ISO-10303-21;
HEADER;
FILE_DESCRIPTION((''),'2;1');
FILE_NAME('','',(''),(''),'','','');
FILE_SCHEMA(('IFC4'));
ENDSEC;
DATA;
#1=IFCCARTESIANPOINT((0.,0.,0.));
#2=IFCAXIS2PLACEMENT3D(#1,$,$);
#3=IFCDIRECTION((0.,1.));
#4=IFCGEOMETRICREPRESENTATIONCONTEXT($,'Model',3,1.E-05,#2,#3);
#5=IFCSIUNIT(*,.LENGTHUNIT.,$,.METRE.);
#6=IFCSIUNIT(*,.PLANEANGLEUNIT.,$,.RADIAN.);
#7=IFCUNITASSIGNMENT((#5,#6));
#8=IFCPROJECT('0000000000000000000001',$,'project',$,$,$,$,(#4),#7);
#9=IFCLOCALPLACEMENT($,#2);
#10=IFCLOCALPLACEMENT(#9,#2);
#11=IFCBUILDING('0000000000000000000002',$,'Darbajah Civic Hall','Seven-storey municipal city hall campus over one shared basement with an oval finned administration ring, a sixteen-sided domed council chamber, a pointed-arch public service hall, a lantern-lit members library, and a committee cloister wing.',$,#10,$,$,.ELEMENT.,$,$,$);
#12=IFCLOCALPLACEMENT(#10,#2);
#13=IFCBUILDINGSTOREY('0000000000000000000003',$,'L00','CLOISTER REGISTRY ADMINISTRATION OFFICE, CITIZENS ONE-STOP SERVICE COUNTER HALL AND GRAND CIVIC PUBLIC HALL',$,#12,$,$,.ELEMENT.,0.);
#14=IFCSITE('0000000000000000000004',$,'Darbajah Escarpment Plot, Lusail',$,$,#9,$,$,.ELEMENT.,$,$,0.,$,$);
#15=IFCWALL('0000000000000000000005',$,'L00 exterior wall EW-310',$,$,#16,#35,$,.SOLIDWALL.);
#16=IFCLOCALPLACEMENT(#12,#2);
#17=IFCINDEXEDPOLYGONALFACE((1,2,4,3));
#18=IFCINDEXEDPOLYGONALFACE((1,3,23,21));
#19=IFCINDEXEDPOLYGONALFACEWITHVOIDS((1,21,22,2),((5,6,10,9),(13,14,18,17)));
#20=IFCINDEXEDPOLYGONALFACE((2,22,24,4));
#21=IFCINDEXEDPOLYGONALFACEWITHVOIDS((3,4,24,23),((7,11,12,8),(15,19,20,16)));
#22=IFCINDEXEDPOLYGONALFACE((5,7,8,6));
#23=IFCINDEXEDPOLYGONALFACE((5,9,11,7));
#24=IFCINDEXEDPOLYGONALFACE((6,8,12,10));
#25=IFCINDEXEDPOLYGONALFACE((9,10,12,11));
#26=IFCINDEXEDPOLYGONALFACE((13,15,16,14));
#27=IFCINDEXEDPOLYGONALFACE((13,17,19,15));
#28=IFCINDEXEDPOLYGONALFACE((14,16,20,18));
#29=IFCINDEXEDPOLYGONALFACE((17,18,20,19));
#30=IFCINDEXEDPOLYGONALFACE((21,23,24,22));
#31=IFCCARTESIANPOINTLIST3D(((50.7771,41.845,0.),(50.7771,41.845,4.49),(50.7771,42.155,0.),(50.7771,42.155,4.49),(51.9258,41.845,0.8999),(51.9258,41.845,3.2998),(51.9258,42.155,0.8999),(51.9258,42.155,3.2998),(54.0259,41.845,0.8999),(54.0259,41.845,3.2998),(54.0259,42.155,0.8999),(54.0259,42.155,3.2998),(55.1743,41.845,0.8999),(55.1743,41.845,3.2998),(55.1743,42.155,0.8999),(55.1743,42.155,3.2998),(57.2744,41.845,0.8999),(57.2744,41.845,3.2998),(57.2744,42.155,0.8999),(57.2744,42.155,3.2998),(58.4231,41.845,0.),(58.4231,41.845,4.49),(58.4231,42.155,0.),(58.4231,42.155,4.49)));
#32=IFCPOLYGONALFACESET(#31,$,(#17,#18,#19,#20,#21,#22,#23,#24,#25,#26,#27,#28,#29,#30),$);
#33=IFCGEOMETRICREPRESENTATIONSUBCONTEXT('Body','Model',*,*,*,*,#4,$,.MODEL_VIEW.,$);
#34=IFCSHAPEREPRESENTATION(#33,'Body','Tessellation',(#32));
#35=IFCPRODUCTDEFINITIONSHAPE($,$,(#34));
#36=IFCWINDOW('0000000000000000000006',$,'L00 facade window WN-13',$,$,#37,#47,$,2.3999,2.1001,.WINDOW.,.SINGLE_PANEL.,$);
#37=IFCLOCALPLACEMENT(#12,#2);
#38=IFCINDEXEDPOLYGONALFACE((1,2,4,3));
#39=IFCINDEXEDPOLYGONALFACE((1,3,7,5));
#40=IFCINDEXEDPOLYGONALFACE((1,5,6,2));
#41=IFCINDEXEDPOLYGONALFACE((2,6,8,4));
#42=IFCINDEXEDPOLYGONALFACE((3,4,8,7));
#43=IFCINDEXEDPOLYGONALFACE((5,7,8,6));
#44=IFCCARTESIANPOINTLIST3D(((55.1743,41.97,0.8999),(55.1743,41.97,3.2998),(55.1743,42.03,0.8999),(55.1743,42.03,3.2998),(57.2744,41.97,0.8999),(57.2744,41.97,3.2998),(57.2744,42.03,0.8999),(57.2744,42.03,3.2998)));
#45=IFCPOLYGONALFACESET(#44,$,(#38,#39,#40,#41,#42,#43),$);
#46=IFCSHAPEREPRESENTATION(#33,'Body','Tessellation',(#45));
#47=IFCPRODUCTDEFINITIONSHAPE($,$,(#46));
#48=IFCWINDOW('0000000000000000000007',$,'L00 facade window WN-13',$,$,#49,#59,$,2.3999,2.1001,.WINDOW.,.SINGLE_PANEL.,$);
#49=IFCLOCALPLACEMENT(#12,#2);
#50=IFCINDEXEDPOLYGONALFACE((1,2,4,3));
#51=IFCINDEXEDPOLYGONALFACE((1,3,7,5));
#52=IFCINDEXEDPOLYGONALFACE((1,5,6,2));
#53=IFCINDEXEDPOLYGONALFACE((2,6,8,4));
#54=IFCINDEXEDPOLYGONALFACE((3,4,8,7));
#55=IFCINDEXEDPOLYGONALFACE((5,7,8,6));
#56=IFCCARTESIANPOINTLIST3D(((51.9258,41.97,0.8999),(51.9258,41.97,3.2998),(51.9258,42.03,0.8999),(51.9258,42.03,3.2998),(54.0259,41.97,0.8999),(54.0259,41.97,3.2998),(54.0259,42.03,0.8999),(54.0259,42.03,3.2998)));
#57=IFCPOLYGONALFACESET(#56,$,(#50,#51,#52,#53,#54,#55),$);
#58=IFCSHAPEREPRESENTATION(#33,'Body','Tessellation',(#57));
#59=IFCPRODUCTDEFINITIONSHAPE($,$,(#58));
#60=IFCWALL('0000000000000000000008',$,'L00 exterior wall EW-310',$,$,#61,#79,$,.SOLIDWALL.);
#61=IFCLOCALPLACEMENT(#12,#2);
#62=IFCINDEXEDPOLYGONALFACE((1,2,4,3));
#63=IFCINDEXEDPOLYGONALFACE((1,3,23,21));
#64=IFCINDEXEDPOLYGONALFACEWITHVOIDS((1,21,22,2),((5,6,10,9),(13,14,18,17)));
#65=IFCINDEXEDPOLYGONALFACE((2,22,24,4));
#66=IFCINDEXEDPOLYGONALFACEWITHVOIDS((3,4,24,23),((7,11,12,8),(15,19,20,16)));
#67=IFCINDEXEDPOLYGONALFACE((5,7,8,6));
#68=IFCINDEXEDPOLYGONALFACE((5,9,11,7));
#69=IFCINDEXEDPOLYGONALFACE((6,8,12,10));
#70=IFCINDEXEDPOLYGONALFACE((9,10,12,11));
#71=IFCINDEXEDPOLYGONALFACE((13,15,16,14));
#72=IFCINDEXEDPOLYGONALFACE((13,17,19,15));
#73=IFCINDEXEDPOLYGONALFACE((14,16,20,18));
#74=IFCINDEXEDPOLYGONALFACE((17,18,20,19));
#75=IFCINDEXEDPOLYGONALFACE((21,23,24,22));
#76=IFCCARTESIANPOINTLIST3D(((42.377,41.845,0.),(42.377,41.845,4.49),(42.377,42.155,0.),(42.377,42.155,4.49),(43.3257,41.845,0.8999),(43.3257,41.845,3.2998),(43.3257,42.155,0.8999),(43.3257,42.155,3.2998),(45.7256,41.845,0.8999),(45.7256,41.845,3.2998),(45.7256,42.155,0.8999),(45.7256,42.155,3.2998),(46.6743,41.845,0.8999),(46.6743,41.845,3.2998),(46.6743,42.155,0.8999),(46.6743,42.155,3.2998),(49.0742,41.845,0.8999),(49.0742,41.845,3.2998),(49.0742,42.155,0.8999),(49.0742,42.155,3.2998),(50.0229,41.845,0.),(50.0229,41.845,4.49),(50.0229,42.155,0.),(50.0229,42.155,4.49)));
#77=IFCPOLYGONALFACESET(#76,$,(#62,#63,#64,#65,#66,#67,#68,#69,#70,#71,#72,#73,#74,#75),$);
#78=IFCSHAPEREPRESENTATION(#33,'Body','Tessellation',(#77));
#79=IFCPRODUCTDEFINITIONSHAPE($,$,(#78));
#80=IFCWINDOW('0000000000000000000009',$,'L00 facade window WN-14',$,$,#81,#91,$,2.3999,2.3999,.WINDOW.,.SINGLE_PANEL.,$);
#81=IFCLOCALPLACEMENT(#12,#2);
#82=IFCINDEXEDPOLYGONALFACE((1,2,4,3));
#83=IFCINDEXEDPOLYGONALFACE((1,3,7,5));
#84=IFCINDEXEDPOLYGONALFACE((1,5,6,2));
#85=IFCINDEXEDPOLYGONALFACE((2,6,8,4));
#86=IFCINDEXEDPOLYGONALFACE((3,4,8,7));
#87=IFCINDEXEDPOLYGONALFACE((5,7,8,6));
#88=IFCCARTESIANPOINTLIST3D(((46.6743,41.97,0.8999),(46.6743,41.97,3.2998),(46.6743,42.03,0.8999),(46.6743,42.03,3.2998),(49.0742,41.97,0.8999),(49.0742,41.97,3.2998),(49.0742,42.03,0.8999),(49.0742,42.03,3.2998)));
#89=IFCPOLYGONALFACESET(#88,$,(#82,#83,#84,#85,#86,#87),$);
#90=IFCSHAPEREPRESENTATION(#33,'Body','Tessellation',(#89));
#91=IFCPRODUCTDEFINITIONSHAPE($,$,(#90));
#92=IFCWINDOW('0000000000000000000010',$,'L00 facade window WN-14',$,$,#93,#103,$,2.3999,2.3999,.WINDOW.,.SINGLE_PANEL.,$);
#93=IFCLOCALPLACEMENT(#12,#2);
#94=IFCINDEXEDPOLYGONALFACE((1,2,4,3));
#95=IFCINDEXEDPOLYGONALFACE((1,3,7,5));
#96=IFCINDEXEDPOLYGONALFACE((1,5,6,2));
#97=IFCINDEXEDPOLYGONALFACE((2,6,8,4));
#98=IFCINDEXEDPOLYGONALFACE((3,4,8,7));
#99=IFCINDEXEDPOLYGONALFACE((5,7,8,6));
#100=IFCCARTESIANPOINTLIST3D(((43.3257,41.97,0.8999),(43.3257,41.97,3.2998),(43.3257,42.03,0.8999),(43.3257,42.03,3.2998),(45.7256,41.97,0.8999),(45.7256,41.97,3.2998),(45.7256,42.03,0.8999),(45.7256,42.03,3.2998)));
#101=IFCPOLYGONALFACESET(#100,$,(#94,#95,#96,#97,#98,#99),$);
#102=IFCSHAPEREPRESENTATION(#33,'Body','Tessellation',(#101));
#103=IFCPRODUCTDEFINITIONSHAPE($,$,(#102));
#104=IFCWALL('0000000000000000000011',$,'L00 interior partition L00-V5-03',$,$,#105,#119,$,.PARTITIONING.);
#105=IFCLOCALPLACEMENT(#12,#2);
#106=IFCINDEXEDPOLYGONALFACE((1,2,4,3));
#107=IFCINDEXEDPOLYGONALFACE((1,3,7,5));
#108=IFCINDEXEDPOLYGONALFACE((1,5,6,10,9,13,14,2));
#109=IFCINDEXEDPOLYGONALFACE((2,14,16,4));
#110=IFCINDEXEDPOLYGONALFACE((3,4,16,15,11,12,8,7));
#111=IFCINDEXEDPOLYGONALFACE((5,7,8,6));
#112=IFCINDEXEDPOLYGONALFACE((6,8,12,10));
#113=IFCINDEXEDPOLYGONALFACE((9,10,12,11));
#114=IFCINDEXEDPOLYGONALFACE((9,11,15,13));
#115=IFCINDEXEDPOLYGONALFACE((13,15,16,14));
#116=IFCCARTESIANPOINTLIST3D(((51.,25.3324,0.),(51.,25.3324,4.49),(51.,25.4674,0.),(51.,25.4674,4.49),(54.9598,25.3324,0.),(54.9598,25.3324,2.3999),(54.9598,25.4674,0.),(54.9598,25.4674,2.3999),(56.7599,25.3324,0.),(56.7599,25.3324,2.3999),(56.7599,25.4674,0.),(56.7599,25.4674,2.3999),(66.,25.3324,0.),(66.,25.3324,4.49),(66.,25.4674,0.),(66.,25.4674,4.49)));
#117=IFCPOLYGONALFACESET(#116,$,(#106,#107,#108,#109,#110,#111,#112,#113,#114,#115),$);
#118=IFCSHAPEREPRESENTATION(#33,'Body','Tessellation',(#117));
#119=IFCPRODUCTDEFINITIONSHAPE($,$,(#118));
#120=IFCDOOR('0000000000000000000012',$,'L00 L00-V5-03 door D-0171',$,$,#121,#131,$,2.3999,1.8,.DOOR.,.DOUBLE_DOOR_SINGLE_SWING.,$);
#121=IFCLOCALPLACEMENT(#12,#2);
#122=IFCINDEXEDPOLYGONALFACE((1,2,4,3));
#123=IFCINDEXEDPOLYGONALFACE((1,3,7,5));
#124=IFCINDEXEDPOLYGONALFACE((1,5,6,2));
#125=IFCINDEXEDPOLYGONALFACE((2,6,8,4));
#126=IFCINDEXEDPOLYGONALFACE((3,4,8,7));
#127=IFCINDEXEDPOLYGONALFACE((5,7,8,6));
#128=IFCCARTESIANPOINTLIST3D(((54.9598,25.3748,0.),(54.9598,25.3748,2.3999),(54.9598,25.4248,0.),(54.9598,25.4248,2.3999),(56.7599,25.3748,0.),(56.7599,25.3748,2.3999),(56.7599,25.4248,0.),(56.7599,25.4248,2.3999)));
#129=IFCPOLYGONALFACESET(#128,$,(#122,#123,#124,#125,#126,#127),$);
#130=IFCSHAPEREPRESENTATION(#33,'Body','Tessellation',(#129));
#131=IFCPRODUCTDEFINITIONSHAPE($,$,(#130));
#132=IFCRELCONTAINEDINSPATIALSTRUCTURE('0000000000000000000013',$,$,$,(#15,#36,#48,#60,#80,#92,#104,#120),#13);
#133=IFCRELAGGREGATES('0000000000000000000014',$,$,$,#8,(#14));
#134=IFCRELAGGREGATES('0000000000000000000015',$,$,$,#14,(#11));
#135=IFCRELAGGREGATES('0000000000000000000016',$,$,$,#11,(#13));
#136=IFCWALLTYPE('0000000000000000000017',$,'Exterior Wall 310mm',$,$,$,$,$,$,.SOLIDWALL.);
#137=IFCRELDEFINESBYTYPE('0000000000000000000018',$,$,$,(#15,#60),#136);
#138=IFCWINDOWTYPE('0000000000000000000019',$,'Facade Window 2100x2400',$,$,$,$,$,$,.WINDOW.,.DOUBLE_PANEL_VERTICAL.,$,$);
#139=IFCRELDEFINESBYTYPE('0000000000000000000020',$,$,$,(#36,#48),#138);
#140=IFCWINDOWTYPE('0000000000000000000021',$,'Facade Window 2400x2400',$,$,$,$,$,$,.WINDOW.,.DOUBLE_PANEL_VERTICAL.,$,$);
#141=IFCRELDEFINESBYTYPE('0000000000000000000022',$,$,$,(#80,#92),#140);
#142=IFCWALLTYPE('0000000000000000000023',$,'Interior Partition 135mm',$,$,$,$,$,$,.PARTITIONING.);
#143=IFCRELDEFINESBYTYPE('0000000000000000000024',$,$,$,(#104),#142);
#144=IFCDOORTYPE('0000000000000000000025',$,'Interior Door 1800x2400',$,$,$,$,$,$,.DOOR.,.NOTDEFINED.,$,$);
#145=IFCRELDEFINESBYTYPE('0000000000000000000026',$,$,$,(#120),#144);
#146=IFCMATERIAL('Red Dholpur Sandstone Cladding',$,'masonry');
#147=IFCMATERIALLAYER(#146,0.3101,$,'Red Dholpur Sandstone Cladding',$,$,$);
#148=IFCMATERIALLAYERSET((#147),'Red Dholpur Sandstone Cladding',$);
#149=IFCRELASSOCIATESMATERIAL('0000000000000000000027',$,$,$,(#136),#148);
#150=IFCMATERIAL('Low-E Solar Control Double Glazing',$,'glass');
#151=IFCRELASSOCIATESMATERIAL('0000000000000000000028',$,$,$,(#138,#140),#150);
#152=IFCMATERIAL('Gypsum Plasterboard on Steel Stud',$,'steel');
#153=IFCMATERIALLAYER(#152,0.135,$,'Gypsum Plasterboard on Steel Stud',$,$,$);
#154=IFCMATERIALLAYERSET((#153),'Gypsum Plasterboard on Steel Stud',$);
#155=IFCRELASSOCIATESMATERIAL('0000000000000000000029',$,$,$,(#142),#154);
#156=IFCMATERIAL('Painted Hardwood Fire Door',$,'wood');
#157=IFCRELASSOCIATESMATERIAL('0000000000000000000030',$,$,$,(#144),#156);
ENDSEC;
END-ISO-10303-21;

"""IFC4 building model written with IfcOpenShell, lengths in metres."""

from ifc_helpers import new_model, si_unit, direction, frame, frame_2d, origin, place, context, subcontext, project, spatial, rectangle, extrude, material, layer, layer_set, type_object, element, fill, save


model = new_model("IFC4")

# Units and contexts
model_context = context("Model", 3, precision=1e-05, world=origin(), true_north=direction((0.0, 1.0)))
body_context = subcontext(model_context, "Body", "Model", "MODEL_VIEW")
ifc_project = project(units=[si_unit("LENGTHUNIT", "METRE"), si_unit("PLANEANGLEUNIT", "RADIAN")], contexts=[model_context])

# Site, building, storey
site_placement = place(None, origin())
site = spatial("IfcSite", under=ifc_project, at=site_placement, Name="Darbajah Escarpment Plot, Lusail", CompositionType="ELEMENT", RefElevation=0.0)
building_placement = place(site_placement, origin())
building = spatial("IfcBuilding", under=site, at=building_placement, Name="Darbajah Civic Hall", Description="Seven-storey municipal city hall campus over one shared basement with an oval finned administration ring, a sixteen-sided domed council chamber, a pointed-arch public service hall, a lantern-lit members library, and a committee cloister wing.", CompositionType="ELEMENT")
storey_placement = place(building_placement, origin())
storey = spatial("IfcBuildingStorey", under=building, at=storey_placement, Name="L00", Description="CLOISTER REGISTRY ADMINISTRATION OFFICE, CITIZENS ONE-STOP SERVICE COUNTER HALL AND GRAND CIVIC PUBLIC HALL", CompositionType="ELEMENT", Elevation=0.0)

# Walls, openings, windows
ifc_material_1 = material(Name="Red Dholpur Sandstone Cladding", Category="masonry")
ifc_layer_1 = layer(ifc_material_1, 0.3101, Name="Red Dholpur Sandstone Cladding")
ifc_layer_set_1 = layer_set([ifc_layer_1], Name="Red Dholpur Sandstone Cladding")
wall_type_1 = type_object("IfcWallType", Name="Exterior Wall 310mm", PredefinedType="SOLIDWALL", material=ifc_layer_set_1)
wall_1_placement = place(storey_placement, frame((58.4231, 42.0, 0.0), z_axis=(0.0, 0.0, 1.0), x_axis=(-1.0, 0.0, 0.0)))
wall_1 = element("IfcWall", 1, at=wall_1_placement, inside=storey, type_object=wall_type_1, Name="L00 exterior wall EW-310", PredefinedType="SOLIDWALL", context=body_context, shape_type="SweptSolid", body=[
    extrude(rectangle(XDim=7.646, YDim=0.3101, at=frame_2d((3.823, 0.0))), origin(), (0.0, 0.0, 1.0), 4.49),
])
opening_1_placement = place(wall_1_placement, frame((1.1487, 0.0, 0.8999)))
opening_1 = element("IfcOpeningElement", 2, at=opening_1_placement, cuts=wall_1, PredefinedType="OPENING", context=body_context, shape_type="SweptSolid", body=[
    extrude(rectangle(XDim=2.1001, YDim=2.3999, at=frame_2d((1.05, 1.2))), frame((0.0, 0.165, 0.0), z_axis=(0.0, -1.0, 0.0), x_axis=(1.0, 0.0, 0.0)), (0.0, 0.0, 1.0), 0.3301),
])
opening_2_placement = place(wall_1_placement, frame((4.3972, 0.0, 0.8999)))
opening_2 = element("IfcOpeningElement", 3, at=opening_2_placement, cuts=wall_1, PredefinedType="OPENING", context=body_context, shape_type="SweptSolid", body=[
    extrude(rectangle(XDim=2.1001, YDim=2.3999, at=frame_2d((1.05, 1.2))), frame((0.0, 0.165, 0.0), z_axis=(0.0, -1.0, 0.0), x_axis=(1.0, 0.0, 0.0)), (0.0, 0.0, 1.0), 0.3301),
])
ifc_material_2 = material(Name="Low-E Solar Control Double Glazing", Category="glass")
window_type_1 = type_object("IfcWindowType", Name="Facade Window 2100x2400", PartitioningType="DOUBLE_PANEL_VERTICAL", PredefinedType="WINDOW", material=ifc_material_2)
window_1_placement = place(opening_1_placement, origin())
window_1 = element("IfcWindow", 4, at=window_1_placement, inside=storey, type_object=window_type_1, Name="L00 facade window WN-13", OverallHeight=2.3999, OverallWidth=2.1001, PartitioningType="SINGLE_PANEL", PredefinedType="WINDOW", context=body_context, shape_type="SweptSolid", body=[
    extrude(rectangle(XDim=2.1001, YDim=2.3999, at=frame_2d((1.05, 1.2))), frame((0.0, 0.03, 0.0), z_axis=(0.0, -1.0, 0.0), x_axis=(1.0, 0.0, 0.0)), (0.0, 0.0, 1.0), 0.0601),
])
fill(opening_1, window_1)
window_2_placement = place(opening_2_placement, origin())
window_2 = element("IfcWindow", 5, at=window_2_placement, inside=storey, type_object=window_type_1, Name="L00 facade window WN-13", OverallHeight=2.3999, OverallWidth=2.1001, PartitioningType="SINGLE_PANEL", PredefinedType="WINDOW", context=body_context, shape_type="SweptSolid", body=[
    extrude(rectangle(XDim=2.1001, YDim=2.3999, at=frame_2d((1.05, 1.2))), frame((0.0, 0.03, 0.0), z_axis=(0.0, -1.0, 0.0), x_axis=(1.0, 0.0, 0.0)), (0.0, 0.0, 1.0), 0.0601),
])
fill(opening_2, window_2)
wall_2_placement = place(storey_placement, frame((50.0229, 42.0, 0.0), z_axis=(0.0, 0.0, 1.0), x_axis=(-1.0, 0.0, 0.0)))
wall_2 = element("IfcWall", 6, at=wall_2_placement, inside=storey, type_object=wall_type_1, Name="L00 exterior wall EW-310", PredefinedType="SOLIDWALL", context=body_context, shape_type="SweptSolid", body=[
    extrude(rectangle(XDim=7.646, YDim=0.3101, at=frame_2d((3.823, 0.0))), origin(), (0.0, 0.0, 1.0), 4.49),
])
opening_3_placement = place(wall_2_placement, frame((0.9487, 0.0, 0.8999)))
opening_3 = element("IfcOpeningElement", 7, at=opening_3_placement, cuts=wall_2, PredefinedType="OPENING", context=body_context, shape_type="SweptSolid", body=[
    extrude(rectangle(XDim=2.3999, YDim=2.3999, at=frame_2d((1.2, 1.2))), frame((0.0, 0.165, 0.0), z_axis=(0.0, -1.0, 0.0), x_axis=(1.0, 0.0, 0.0)), (0.0, 0.0, 1.0), 0.3301),
])
opening_4_placement = place(wall_2_placement, frame((4.2974, 0.0, 0.8999)))
opening_4 = element("IfcOpeningElement", 8, at=opening_4_placement, cuts=wall_2, PredefinedType="OPENING", context=body_context, shape_type="SweptSolid", body=[
    extrude(rectangle(XDim=2.3999, YDim=2.3999, at=frame_2d((1.2, 1.2))), frame((0.0, 0.165, 0.0), z_axis=(0.0, -1.0, 0.0), x_axis=(1.0, 0.0, 0.0)), (0.0, 0.0, 1.0), 0.3301),
])
window_type_2 = type_object("IfcWindowType", Name="Facade Window 2400x2400", PartitioningType="DOUBLE_PANEL_VERTICAL", PredefinedType="WINDOW", material=ifc_material_2)
window_3_placement = place(opening_3_placement, origin())
window_3 = element("IfcWindow", 9, at=window_3_placement, inside=storey, type_object=window_type_2, Name="L00 facade window WN-14", OverallHeight=2.3999, OverallWidth=2.3999, PartitioningType="SINGLE_PANEL", PredefinedType="WINDOW", context=body_context, shape_type="SweptSolid", body=[
    extrude(rectangle(XDim=2.3999, YDim=2.3999, at=frame_2d((1.2, 1.2))), frame((0.0, 0.03, 0.0), z_axis=(0.0, -1.0, 0.0), x_axis=(1.0, 0.0, 0.0)), (0.0, 0.0, 1.0), 0.0601),
])
fill(opening_3, window_3)
window_4_placement = place(opening_4_placement, origin())
window_4 = element("IfcWindow", 10, at=window_4_placement, inside=storey, type_object=window_type_2, Name="L00 facade window WN-14", OverallHeight=2.3999, OverallWidth=2.3999, PartitioningType="SINGLE_PANEL", PredefinedType="WINDOW", context=body_context, shape_type="SweptSolid", body=[
    extrude(rectangle(XDim=2.3999, YDim=2.3999, at=frame_2d((1.2, 1.2))), frame((0.0, 0.03, 0.0), z_axis=(0.0, -1.0, 0.0), x_axis=(1.0, 0.0, 0.0)), (0.0, 0.0, 1.0), 0.0601),
])
fill(opening_4, window_4)

# Wall, opening, door
ifc_material_3 = material(Name="Gypsum Plasterboard on Steel Stud", Category="steel")
ifc_layer_2 = layer(ifc_material_3, 0.135, Name="Gypsum Plasterboard on Steel Stud")
ifc_layer_set_2 = layer_set([ifc_layer_2], Name="Gypsum Plasterboard on Steel Stud")
wall_type_2 = type_object("IfcWallType", Name="Interior Partition 135mm", PredefinedType="PARTITIONING", material=ifc_layer_set_2)
wall_3_placement = place(storey_placement, frame((51.0, 25.3999, 0.0), z_axis=(0.0, 0.0, 1.0), x_axis=(1.0, 0.0, 0.0)))
wall_3 = element("IfcWall", 11, at=wall_3_placement, inside=storey, type_object=wall_type_2, Name="L00 interior partition L00-V5-03", PredefinedType="PARTITIONING", context=body_context, shape_type="SweptSolid", body=[
    extrude(rectangle(XDim=15.0, YDim=0.135, at=frame_2d((7.5, 0.0))), origin(), (0.0, 0.0, 1.0), 4.49),
])
opening_5_placement = place(wall_3_placement, frame((3.96, 0.0, 0.0)))
opening_5 = element("IfcOpeningElement", 12, at=opening_5_placement, cuts=wall_3, PredefinedType="OPENING", context=body_context, shape_type="SweptSolid", body=[
    extrude(rectangle(XDim=1.8, YDim=2.3999, at=frame_2d((0.8999, 1.2))), frame((0.0, 0.0774, 0.0), z_axis=(0.0, -1.0, 0.0), x_axis=(1.0, 0.0, 0.0)), (0.0, 0.0, 1.0), 0.155),
])
ifc_material_4 = material(Name="Painted Hardwood Fire Door", Category="wood")
door_type = type_object("IfcDoorType", Name="Interior Door 1800x2400", OperationType="NOTDEFINED", PredefinedType="DOOR", material=ifc_material_4)
door_placement = place(opening_5_placement, origin())
door = element("IfcDoor", 13, at=door_placement, inside=storey, type_object=door_type, Name="L00 L00-V5-03 door D-0171", OperationType="DOUBLE_DOOR_SINGLE_SWING", OverallHeight=2.3999, OverallWidth=1.8, PredefinedType="DOOR", context=body_context, shape_type="SweptSolid", body=[
    extrude(rectangle(XDim=1.8, YDim=2.3999, at=frame_2d((0.8999, 1.2))), frame((0.0, 0.0249, 0.0), z_axis=(0.0, -1.0, 0.0), x_axis=(1.0, 0.0, 0.0)), (0.0, 0.0, 1.0), 0.05),
])
fill(opening_5, door)

save(model, "model.ifc")
